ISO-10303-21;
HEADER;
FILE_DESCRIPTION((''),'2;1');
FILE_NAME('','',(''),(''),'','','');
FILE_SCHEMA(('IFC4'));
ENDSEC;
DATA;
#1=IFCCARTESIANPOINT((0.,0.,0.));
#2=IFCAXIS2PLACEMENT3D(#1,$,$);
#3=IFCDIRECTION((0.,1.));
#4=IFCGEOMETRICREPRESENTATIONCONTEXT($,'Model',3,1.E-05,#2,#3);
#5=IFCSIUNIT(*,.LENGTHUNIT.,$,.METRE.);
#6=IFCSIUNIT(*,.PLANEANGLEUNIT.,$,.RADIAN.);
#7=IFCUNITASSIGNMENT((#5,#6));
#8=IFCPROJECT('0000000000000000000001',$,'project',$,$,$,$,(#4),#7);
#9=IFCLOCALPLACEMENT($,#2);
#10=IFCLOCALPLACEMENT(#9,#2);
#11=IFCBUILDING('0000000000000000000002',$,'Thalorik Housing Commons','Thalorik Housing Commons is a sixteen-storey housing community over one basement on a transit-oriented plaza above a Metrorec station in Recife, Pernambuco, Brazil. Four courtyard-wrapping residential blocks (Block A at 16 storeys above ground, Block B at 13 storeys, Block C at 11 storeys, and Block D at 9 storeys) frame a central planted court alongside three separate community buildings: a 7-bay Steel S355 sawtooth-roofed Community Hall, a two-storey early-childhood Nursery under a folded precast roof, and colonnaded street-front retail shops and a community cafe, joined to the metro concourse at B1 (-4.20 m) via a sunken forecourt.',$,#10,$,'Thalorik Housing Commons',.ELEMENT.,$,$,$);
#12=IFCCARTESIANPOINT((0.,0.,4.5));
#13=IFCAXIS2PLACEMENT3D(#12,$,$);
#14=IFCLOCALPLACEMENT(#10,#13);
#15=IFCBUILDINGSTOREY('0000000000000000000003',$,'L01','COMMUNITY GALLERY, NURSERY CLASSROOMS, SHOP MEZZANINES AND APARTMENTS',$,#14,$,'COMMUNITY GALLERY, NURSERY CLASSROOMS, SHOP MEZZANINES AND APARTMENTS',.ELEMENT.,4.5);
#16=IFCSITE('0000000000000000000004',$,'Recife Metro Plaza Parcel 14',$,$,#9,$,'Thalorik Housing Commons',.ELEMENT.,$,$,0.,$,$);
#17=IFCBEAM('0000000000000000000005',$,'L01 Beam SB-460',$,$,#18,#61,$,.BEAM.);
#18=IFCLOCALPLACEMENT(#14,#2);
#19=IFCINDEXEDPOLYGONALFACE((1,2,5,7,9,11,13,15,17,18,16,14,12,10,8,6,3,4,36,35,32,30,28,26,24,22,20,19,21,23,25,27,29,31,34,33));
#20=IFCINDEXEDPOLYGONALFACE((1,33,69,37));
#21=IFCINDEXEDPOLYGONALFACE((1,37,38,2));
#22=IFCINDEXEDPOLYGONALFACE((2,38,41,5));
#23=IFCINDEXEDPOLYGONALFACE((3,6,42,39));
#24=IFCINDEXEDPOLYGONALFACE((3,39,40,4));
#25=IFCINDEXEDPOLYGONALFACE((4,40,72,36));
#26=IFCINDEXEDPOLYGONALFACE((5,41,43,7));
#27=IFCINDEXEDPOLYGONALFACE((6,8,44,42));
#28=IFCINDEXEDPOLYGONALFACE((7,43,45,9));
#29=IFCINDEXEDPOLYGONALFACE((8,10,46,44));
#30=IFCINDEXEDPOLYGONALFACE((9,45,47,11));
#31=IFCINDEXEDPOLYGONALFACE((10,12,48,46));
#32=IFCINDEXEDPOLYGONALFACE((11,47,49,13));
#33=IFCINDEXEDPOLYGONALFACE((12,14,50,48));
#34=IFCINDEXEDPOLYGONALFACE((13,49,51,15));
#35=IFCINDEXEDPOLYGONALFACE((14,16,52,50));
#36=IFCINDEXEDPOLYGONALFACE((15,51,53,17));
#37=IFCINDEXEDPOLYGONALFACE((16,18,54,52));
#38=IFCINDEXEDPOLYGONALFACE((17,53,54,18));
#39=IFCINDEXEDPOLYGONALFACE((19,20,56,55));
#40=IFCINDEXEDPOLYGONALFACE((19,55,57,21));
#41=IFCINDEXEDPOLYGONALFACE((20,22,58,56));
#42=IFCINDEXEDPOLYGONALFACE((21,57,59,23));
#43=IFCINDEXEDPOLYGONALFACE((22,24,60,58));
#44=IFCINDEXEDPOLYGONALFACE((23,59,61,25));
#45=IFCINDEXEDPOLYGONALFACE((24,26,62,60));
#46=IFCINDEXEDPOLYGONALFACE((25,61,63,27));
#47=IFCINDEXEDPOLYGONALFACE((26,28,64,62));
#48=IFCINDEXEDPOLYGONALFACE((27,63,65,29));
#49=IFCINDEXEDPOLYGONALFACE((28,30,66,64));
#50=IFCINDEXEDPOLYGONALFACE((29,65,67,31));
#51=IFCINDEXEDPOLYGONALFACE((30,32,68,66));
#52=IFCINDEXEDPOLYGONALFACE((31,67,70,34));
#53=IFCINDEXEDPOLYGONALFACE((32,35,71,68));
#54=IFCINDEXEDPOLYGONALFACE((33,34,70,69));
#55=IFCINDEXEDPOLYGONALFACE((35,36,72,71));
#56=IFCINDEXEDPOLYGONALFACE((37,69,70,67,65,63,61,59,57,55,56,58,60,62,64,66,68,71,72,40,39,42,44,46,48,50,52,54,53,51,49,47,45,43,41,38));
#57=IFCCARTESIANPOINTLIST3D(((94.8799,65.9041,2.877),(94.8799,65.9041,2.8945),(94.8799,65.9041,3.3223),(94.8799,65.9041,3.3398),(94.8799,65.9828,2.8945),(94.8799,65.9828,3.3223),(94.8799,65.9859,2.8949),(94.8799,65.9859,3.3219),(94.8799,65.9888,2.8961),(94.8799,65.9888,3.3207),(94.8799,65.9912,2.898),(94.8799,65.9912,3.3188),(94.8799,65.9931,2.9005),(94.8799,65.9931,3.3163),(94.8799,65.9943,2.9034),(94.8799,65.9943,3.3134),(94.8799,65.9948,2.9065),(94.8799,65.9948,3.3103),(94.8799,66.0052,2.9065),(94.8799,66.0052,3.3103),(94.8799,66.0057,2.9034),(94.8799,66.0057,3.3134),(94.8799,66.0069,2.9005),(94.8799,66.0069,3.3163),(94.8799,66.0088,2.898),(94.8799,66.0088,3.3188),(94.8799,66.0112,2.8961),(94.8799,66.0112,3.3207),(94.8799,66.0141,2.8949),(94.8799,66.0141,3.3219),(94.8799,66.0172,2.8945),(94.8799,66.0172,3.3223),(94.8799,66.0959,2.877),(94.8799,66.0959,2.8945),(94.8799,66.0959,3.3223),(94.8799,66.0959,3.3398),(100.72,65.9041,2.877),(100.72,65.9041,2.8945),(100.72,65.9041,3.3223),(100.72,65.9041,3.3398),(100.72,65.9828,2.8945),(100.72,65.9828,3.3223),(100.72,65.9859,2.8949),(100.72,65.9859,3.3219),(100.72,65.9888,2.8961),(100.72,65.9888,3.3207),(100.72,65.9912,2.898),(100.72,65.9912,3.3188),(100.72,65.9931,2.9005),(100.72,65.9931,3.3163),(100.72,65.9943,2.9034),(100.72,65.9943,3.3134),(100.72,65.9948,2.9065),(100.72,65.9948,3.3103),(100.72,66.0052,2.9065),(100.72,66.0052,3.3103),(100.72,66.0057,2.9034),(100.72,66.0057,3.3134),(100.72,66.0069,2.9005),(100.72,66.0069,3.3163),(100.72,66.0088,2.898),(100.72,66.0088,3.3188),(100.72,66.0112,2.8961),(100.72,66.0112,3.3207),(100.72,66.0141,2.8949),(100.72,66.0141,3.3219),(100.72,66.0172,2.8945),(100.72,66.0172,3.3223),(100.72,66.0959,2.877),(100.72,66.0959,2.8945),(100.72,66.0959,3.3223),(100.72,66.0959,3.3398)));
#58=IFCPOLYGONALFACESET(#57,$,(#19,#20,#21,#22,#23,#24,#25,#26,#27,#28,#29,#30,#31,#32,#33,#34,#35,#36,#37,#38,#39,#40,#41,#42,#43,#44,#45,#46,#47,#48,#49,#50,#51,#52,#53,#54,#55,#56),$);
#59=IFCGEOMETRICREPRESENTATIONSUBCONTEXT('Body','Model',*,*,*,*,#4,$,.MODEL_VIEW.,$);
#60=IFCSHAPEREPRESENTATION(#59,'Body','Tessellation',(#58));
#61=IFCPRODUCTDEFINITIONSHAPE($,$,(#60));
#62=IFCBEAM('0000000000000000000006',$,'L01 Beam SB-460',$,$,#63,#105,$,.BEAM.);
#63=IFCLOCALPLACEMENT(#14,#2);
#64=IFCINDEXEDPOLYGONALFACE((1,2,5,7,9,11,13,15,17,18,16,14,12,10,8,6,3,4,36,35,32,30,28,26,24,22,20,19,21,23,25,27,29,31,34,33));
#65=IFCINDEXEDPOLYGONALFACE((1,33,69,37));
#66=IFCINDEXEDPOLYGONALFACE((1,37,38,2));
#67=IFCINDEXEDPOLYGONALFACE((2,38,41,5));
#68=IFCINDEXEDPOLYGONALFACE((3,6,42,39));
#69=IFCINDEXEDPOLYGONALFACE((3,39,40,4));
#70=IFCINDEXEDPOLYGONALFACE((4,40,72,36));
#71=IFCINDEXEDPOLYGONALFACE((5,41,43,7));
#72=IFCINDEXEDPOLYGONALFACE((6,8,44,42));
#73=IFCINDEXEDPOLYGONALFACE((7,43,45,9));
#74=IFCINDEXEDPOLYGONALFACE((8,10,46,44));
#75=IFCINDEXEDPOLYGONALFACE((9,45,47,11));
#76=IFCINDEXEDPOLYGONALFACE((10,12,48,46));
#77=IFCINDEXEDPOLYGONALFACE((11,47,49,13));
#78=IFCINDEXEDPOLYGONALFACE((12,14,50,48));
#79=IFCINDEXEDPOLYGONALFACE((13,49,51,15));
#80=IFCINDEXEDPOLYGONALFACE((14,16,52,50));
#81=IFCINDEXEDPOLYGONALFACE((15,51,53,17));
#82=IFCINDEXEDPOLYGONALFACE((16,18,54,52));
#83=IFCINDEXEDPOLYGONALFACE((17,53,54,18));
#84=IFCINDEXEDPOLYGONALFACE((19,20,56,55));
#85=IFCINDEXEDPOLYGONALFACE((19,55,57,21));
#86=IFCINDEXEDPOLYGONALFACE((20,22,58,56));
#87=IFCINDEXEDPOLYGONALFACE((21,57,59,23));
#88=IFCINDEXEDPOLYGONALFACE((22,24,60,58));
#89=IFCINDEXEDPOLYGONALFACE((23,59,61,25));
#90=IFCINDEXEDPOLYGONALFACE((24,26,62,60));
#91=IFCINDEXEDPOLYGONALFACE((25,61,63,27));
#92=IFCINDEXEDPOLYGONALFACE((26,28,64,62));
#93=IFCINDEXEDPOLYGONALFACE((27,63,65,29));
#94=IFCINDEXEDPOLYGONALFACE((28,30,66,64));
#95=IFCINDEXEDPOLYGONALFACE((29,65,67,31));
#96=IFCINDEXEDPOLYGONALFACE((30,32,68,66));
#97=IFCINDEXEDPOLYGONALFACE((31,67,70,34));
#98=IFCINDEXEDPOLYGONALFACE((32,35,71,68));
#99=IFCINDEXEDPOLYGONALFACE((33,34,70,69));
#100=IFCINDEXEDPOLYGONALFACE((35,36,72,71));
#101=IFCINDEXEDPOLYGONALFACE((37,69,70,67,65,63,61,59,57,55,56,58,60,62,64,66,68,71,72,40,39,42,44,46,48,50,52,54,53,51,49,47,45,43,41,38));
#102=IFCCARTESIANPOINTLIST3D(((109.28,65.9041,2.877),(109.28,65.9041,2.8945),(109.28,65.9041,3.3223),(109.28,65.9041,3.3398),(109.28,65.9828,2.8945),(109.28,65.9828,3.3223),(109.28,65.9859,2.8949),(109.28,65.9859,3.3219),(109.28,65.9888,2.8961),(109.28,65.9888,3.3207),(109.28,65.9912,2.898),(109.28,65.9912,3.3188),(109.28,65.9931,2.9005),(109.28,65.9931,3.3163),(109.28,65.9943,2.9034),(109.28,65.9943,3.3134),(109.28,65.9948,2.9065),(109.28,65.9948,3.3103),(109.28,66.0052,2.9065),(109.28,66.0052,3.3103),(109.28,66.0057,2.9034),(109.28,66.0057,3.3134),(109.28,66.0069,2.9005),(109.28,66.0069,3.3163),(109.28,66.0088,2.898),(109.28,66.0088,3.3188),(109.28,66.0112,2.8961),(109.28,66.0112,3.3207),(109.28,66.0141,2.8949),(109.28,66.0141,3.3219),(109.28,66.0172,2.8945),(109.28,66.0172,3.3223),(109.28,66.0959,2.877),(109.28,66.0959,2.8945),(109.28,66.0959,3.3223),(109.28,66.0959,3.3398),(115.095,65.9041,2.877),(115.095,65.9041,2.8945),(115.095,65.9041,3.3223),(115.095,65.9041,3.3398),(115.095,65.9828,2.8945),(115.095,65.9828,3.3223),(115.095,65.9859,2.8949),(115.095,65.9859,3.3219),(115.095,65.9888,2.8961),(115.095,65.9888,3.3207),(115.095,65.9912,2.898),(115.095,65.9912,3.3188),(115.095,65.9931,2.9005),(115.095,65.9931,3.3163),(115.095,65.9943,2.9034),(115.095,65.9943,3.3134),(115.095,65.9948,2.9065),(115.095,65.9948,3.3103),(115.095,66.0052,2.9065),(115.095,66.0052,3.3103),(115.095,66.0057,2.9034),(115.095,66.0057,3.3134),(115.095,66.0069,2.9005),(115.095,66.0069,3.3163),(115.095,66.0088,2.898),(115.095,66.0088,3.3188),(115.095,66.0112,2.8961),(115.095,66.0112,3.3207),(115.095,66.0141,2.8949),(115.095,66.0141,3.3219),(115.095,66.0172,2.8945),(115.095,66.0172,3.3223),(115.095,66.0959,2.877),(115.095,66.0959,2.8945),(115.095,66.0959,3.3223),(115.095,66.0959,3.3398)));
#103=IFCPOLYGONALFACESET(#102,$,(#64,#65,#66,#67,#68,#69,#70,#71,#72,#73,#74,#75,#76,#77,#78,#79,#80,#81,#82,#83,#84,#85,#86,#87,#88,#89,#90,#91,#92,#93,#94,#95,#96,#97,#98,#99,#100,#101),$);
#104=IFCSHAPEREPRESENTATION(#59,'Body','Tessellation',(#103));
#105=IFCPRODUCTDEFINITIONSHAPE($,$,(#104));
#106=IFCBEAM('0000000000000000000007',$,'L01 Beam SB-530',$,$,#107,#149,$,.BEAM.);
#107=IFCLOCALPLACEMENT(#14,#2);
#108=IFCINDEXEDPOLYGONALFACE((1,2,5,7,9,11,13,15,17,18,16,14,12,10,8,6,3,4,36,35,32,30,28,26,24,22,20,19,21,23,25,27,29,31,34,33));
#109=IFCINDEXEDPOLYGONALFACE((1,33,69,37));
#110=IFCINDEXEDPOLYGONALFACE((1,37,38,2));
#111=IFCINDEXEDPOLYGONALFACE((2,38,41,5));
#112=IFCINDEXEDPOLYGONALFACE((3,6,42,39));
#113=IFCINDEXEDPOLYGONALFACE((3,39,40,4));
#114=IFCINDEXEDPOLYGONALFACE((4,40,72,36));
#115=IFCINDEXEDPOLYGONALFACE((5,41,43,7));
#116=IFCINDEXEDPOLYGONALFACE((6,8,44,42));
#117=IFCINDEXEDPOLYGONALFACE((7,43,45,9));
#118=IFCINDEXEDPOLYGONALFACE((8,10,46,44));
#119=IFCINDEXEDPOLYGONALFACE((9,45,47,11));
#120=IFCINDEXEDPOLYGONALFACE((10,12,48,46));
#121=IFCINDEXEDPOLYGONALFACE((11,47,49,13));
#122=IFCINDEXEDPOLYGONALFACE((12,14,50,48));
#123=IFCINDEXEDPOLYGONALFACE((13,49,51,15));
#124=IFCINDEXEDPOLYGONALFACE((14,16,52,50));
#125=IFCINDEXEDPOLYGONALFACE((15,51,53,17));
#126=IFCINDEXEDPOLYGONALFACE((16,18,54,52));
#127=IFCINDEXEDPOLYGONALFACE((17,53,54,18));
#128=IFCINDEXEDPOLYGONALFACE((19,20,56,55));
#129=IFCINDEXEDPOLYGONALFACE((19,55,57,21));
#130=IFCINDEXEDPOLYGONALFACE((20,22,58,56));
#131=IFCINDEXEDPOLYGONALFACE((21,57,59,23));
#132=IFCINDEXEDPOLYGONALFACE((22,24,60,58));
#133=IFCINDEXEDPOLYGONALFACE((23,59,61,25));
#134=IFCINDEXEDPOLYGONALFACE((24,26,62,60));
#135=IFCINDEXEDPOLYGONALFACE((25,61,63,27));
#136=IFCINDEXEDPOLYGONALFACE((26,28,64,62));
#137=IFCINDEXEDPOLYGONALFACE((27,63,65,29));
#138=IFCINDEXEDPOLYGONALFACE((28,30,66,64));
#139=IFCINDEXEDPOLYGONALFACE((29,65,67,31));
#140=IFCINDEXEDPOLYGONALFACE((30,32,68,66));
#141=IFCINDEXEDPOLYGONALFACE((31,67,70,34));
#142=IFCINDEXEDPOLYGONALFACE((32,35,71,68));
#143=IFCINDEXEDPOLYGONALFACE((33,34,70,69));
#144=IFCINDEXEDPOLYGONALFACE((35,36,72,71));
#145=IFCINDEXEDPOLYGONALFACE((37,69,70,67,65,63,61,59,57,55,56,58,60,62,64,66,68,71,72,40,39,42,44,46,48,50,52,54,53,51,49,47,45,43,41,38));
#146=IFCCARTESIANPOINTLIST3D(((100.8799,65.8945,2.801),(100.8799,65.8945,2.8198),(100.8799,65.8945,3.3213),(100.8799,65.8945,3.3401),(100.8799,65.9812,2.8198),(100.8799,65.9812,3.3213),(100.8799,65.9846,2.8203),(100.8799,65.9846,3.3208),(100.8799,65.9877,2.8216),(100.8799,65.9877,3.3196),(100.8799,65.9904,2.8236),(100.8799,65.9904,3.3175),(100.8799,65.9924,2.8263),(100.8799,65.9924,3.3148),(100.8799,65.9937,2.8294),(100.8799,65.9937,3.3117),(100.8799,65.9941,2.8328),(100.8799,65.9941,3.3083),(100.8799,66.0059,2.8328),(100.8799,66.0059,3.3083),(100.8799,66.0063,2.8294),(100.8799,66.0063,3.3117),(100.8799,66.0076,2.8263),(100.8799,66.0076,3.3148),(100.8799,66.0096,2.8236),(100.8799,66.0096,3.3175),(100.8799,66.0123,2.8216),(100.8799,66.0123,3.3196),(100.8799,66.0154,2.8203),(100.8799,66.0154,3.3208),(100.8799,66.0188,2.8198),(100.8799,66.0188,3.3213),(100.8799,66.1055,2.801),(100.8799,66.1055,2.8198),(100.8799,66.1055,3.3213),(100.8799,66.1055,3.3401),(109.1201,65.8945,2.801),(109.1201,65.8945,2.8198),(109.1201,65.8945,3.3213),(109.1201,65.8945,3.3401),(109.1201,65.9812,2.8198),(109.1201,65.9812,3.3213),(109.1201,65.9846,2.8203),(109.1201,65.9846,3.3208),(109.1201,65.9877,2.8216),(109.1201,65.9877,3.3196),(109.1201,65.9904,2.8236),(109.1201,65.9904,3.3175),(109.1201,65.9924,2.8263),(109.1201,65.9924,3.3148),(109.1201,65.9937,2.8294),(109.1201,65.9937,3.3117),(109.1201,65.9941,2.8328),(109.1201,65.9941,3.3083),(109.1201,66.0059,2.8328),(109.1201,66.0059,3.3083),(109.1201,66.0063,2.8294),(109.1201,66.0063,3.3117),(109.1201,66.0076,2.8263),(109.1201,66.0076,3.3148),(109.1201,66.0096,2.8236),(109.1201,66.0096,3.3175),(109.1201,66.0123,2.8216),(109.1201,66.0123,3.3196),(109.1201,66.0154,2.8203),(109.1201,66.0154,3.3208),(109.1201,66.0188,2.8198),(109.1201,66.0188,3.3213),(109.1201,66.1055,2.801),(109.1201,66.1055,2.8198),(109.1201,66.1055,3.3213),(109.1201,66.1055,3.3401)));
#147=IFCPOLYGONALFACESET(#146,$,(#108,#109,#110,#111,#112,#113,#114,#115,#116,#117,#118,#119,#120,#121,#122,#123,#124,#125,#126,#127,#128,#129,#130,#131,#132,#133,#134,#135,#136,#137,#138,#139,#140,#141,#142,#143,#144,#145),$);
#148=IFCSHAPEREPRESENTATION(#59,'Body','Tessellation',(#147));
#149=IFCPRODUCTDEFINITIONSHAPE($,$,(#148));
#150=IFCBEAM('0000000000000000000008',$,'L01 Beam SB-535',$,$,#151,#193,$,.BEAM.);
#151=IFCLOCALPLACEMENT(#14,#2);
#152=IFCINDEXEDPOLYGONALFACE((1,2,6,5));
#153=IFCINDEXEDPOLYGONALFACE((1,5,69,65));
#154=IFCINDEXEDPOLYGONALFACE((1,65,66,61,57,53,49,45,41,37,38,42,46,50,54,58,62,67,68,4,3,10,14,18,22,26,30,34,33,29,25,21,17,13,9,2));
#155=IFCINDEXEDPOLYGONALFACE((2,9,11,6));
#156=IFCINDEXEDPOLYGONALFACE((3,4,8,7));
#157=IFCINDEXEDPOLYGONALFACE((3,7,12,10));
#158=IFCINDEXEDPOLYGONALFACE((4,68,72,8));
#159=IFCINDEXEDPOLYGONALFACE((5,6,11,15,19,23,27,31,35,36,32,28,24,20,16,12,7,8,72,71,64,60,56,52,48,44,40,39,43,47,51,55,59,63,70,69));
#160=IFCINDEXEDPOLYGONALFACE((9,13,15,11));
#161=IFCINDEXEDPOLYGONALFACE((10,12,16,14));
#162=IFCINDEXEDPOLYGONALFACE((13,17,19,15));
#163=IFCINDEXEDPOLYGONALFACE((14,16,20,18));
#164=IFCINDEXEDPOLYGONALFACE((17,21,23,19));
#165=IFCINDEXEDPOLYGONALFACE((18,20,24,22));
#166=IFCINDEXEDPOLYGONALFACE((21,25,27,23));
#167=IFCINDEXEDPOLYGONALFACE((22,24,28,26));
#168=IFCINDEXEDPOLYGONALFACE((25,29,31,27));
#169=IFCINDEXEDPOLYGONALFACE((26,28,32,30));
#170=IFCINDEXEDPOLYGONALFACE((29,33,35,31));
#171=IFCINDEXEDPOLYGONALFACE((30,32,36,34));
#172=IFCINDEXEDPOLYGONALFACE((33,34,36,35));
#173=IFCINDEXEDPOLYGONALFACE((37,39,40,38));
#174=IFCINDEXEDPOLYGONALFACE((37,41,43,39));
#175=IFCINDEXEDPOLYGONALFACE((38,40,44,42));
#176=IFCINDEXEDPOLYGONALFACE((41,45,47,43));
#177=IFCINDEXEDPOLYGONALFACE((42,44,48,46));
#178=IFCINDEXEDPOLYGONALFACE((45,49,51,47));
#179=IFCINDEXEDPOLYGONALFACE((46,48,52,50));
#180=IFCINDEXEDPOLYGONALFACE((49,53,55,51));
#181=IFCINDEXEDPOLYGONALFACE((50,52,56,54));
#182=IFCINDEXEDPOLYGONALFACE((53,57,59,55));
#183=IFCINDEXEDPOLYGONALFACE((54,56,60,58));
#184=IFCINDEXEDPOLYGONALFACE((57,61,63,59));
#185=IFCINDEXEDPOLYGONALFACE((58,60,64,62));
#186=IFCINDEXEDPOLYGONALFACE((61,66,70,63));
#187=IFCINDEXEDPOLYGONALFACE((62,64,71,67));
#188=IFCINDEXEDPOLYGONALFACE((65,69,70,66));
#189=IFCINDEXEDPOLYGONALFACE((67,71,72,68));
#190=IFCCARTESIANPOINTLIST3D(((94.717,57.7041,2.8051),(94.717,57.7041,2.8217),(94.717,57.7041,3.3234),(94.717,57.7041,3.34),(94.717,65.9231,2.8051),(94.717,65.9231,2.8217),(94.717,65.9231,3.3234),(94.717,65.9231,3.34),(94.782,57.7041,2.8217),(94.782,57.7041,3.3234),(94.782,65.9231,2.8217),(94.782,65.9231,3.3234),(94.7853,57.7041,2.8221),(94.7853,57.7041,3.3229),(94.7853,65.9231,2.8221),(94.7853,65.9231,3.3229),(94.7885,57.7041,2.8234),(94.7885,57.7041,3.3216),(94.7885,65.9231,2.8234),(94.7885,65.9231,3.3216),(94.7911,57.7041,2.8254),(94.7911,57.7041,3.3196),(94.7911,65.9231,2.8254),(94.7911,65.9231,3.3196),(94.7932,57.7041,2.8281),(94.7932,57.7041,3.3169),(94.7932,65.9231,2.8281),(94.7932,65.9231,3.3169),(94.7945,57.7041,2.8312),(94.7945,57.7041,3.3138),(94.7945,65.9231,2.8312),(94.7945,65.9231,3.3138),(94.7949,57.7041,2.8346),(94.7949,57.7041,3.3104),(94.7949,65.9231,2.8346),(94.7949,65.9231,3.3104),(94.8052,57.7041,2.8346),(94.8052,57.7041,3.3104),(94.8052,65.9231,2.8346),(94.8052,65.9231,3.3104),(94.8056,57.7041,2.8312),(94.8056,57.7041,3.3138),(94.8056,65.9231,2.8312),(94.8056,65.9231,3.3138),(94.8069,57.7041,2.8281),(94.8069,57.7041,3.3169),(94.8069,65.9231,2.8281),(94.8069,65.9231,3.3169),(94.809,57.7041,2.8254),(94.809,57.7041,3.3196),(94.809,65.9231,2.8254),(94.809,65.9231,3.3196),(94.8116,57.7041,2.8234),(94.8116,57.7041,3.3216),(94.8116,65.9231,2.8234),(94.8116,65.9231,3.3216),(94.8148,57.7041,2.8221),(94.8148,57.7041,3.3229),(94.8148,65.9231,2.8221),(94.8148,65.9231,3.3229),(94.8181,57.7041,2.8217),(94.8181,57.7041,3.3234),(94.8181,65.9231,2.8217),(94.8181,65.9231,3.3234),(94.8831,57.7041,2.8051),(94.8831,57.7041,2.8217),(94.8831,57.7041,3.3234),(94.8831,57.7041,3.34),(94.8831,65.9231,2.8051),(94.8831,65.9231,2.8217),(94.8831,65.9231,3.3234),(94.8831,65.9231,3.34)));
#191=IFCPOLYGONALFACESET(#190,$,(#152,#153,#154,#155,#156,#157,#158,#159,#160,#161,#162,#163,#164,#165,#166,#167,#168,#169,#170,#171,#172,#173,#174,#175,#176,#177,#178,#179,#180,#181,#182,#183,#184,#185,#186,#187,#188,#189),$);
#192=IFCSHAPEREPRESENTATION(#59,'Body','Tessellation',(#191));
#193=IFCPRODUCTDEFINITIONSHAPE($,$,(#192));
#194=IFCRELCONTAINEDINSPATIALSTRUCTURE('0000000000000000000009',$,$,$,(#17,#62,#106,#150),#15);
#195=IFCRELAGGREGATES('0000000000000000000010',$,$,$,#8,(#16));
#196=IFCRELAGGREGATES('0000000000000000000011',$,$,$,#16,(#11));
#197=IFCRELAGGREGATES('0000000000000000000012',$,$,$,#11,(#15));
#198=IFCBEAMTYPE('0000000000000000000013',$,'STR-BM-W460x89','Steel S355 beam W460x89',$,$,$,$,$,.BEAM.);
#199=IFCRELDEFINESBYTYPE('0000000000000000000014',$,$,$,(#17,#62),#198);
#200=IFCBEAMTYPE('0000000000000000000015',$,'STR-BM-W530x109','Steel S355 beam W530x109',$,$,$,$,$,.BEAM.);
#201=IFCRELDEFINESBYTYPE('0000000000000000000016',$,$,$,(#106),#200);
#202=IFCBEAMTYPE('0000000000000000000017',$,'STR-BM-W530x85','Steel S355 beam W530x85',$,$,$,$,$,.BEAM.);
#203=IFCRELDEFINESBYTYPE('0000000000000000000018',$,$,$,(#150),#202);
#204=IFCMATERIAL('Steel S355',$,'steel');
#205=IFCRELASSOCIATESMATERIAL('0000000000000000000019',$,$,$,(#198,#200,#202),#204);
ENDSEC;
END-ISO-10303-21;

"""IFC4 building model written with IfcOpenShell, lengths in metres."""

from ifc_helpers import new_model, si_unit, direction, frame, origin, origin_2d, place, context, subcontext, project, spatial, i_section, extrude, material, material_profile, profile_set, type_object, element, save


model = new_model("IFC4")

# Units and contexts
model_context = context("Model", 3, precision=1e-05, world=origin(), true_north=direction((0.0, 1.0)))
body_context = subcontext(model_context, "Body", "Model", "MODEL_VIEW")
ifc_project = project(units=[si_unit("LENGTHUNIT", "METRE"), si_unit("PLANEANGLEUNIT", "RADIAN")], contexts=[model_context])

# Site, building, storey
site_placement = place(None, origin())
site = spatial("IfcSite", under=ifc_project, at=site_placement, Name="Recife Metro Plaza Parcel 14", LongName="Thalorik Housing Commons", CompositionType="ELEMENT", RefElevation=0.0)
building_placement = place(site_placement, origin())
building = spatial("IfcBuilding", under=site, at=building_placement, Name="Thalorik Housing Commons", Description="Thalorik Housing Commons is a sixteen-storey housing community over one basement on a transit-oriented plaza above a Metrorec station in Recife, Pernambuco, Brazil. Four courtyard-wrapping residential blocks (Block A at 16 storeys above ground, Block B at 13 storeys, Block C at 11 storeys, and Block D at 9 storeys) frame a central planted court alongside three separate community buildings: a 7-bay Steel S355 sawtooth-roofed Community Hall, a two-storey early-childhood Nursery under a folded precast roof, and colonnaded street-front retail shops and a community cafe, joined to the metro concourse at B1 (-4.20 m) via a sunken forecourt.", LongName="Thalorik Housing Commons", CompositionType="ELEMENT")
storey_placement = place(building_placement, frame((0.0, 0.0, 4.5)))
storey = spatial("IfcBuildingStorey", under=building, at=storey_placement, Name="L01", Description="COMMUNITY GALLERY, NURSERY CLASSROOMS, SHOP MEZZANINES AND APARTMENTS", LongName="COMMUNITY GALLERY, NURSERY CLASSROOMS, SHOP MEZZANINES AND APARTMENTS", CompositionType="ELEMENT", Elevation=4.5)

# Shared definitions
ifc_material_1 = material(Name="Steel S355", Category="steel")

# Beams
ifc_material_profile_1 = material_profile(ifc_material_1, i_section(OverallWidth=0.1919, OverallDepth=0.4629, WebThickness=0.0105, FlangeThickness=0.0176, FilletRadius=0.012, at=origin_2d()), Name="W460x89", Category="steel")
ifc_profile_set_1 = profile_set([ifc_material_profile_1], Name="Steel S355")
beam_type_1 = type_object("IfcBeamType", Name="STR-BM-W460x89", Description="Steel S355 beam W460x89", PredefinedType="BEAM", material=ifc_profile_set_1)
beam_1_placement = place(storey_placement, frame((94.8799, 66.0, 3.1084), z_axis=(1.0, 0.0, 0.0), x_axis=(0.0, 1.0, 0.0)))
element("IfcBeam", 1, at=beam_1_placement, inside=storey, type_object=beam_type_1, Name="L01 Beam SB-460", PredefinedType="BEAM", context=body_context, shape_type="SweptSolid", body=[
    extrude(i_section(OverallWidth=0.1919, OverallDepth=0.4629, WebThickness=0.0105, FlangeThickness=0.0176, FilletRadius=0.012, at=origin_2d()), origin(), (0.0, 0.0, 1.0), 5.8401),
])
beam_2_placement = place(storey_placement, frame((109.28, 66.0, 3.1084), z_axis=(1.0, 0.0, 0.0), x_axis=(0.0, 1.0, 0.0)))
element("IfcBeam", 2, at=beam_2_placement, inside=storey, type_object=beam_type_1, Name="L01 Beam SB-460", PredefinedType="BEAM", context=body_context, shape_type="SweptSolid", body=[
    extrude(i_section(OverallWidth=0.1919, OverallDepth=0.4629, WebThickness=0.0105, FlangeThickness=0.0176, FilletRadius=0.012, at=origin_2d()), origin(), (0.0, 0.0, 1.0), 5.8149),
])
ifc_material_profile_2 = material_profile(ifc_material_1, i_section(OverallWidth=0.2109, OverallDepth=0.5391, WebThickness=0.0117, FlangeThickness=0.0188, FilletRadius=0.0129, at=origin_2d()), Name="W530x109", Category="steel")
ifc_profile_set_2 = profile_set([ifc_material_profile_2], Name="Steel S355")
beam_type_2 = type_object("IfcBeamType", Name="STR-BM-W530x109", Description="Steel S355 beam W530x109", PredefinedType="BEAM", material=ifc_profile_set_2)
beam_3_placement = place(storey_placement, frame((100.8799, 66.0, 3.0706), z_axis=(1.0, 0.0, 0.0), x_axis=(0.0, 1.0, 0.0)))
element("IfcBeam", 3, at=beam_3_placement, inside=storey, type_object=beam_type_2, Name="L01 Beam SB-530", PredefinedType="BEAM", context=body_context, shape_type="SweptSolid", body=[
    extrude(i_section(OverallWidth=0.2109, OverallDepth=0.5391, WebThickness=0.0117, FlangeThickness=0.0188, FilletRadius=0.0129, at=origin_2d()), origin(), (0.0, 0.0, 1.0), 8.2402),
])
ifc_material_profile_3 = material_profile(ifc_material_1, i_section(OverallWidth=0.166, OverallDepth=0.5349, WebThickness=0.0103, FlangeThickness=0.0166, FilletRadius=0.0129, at=origin_2d()), Name="W530x85", Category="steel")
ifc_profile_set_3 = profile_set([ifc_material_profile_3], Name="Steel S355")
beam_type_3 = type_object("IfcBeamType", Name="STR-BM-W530x85", Description="Steel S355 beam W530x85", PredefinedType="BEAM", material=ifc_profile_set_3)
for number, where, z_axis, x_axis, name in (
    (4, (94.8, 57.7041, 3.0725), (0.0, 1.0, 0.0), (-1.0, 0.0, 0.0), "L01 Beam SB-535"),
):
    element("IfcBeam", number, at=place(storey_placement, frame(where, z_axis=z_axis, x_axis=x_axis)), inside=storey, type_object=beam_type_3, Name=name, PredefinedType="BEAM", context=body_context, shape_type="SweptSolid", body=[
        extrude(i_section(OverallWidth=0.166, OverallDepth=0.5349, WebThickness=0.0103, FlangeThickness=0.0166, FilletRadius=0.0129, at=origin_2d()), origin(), (0.0, 0.0, 1.0), 8.219),
    ])

save(model, "model.ifc")
